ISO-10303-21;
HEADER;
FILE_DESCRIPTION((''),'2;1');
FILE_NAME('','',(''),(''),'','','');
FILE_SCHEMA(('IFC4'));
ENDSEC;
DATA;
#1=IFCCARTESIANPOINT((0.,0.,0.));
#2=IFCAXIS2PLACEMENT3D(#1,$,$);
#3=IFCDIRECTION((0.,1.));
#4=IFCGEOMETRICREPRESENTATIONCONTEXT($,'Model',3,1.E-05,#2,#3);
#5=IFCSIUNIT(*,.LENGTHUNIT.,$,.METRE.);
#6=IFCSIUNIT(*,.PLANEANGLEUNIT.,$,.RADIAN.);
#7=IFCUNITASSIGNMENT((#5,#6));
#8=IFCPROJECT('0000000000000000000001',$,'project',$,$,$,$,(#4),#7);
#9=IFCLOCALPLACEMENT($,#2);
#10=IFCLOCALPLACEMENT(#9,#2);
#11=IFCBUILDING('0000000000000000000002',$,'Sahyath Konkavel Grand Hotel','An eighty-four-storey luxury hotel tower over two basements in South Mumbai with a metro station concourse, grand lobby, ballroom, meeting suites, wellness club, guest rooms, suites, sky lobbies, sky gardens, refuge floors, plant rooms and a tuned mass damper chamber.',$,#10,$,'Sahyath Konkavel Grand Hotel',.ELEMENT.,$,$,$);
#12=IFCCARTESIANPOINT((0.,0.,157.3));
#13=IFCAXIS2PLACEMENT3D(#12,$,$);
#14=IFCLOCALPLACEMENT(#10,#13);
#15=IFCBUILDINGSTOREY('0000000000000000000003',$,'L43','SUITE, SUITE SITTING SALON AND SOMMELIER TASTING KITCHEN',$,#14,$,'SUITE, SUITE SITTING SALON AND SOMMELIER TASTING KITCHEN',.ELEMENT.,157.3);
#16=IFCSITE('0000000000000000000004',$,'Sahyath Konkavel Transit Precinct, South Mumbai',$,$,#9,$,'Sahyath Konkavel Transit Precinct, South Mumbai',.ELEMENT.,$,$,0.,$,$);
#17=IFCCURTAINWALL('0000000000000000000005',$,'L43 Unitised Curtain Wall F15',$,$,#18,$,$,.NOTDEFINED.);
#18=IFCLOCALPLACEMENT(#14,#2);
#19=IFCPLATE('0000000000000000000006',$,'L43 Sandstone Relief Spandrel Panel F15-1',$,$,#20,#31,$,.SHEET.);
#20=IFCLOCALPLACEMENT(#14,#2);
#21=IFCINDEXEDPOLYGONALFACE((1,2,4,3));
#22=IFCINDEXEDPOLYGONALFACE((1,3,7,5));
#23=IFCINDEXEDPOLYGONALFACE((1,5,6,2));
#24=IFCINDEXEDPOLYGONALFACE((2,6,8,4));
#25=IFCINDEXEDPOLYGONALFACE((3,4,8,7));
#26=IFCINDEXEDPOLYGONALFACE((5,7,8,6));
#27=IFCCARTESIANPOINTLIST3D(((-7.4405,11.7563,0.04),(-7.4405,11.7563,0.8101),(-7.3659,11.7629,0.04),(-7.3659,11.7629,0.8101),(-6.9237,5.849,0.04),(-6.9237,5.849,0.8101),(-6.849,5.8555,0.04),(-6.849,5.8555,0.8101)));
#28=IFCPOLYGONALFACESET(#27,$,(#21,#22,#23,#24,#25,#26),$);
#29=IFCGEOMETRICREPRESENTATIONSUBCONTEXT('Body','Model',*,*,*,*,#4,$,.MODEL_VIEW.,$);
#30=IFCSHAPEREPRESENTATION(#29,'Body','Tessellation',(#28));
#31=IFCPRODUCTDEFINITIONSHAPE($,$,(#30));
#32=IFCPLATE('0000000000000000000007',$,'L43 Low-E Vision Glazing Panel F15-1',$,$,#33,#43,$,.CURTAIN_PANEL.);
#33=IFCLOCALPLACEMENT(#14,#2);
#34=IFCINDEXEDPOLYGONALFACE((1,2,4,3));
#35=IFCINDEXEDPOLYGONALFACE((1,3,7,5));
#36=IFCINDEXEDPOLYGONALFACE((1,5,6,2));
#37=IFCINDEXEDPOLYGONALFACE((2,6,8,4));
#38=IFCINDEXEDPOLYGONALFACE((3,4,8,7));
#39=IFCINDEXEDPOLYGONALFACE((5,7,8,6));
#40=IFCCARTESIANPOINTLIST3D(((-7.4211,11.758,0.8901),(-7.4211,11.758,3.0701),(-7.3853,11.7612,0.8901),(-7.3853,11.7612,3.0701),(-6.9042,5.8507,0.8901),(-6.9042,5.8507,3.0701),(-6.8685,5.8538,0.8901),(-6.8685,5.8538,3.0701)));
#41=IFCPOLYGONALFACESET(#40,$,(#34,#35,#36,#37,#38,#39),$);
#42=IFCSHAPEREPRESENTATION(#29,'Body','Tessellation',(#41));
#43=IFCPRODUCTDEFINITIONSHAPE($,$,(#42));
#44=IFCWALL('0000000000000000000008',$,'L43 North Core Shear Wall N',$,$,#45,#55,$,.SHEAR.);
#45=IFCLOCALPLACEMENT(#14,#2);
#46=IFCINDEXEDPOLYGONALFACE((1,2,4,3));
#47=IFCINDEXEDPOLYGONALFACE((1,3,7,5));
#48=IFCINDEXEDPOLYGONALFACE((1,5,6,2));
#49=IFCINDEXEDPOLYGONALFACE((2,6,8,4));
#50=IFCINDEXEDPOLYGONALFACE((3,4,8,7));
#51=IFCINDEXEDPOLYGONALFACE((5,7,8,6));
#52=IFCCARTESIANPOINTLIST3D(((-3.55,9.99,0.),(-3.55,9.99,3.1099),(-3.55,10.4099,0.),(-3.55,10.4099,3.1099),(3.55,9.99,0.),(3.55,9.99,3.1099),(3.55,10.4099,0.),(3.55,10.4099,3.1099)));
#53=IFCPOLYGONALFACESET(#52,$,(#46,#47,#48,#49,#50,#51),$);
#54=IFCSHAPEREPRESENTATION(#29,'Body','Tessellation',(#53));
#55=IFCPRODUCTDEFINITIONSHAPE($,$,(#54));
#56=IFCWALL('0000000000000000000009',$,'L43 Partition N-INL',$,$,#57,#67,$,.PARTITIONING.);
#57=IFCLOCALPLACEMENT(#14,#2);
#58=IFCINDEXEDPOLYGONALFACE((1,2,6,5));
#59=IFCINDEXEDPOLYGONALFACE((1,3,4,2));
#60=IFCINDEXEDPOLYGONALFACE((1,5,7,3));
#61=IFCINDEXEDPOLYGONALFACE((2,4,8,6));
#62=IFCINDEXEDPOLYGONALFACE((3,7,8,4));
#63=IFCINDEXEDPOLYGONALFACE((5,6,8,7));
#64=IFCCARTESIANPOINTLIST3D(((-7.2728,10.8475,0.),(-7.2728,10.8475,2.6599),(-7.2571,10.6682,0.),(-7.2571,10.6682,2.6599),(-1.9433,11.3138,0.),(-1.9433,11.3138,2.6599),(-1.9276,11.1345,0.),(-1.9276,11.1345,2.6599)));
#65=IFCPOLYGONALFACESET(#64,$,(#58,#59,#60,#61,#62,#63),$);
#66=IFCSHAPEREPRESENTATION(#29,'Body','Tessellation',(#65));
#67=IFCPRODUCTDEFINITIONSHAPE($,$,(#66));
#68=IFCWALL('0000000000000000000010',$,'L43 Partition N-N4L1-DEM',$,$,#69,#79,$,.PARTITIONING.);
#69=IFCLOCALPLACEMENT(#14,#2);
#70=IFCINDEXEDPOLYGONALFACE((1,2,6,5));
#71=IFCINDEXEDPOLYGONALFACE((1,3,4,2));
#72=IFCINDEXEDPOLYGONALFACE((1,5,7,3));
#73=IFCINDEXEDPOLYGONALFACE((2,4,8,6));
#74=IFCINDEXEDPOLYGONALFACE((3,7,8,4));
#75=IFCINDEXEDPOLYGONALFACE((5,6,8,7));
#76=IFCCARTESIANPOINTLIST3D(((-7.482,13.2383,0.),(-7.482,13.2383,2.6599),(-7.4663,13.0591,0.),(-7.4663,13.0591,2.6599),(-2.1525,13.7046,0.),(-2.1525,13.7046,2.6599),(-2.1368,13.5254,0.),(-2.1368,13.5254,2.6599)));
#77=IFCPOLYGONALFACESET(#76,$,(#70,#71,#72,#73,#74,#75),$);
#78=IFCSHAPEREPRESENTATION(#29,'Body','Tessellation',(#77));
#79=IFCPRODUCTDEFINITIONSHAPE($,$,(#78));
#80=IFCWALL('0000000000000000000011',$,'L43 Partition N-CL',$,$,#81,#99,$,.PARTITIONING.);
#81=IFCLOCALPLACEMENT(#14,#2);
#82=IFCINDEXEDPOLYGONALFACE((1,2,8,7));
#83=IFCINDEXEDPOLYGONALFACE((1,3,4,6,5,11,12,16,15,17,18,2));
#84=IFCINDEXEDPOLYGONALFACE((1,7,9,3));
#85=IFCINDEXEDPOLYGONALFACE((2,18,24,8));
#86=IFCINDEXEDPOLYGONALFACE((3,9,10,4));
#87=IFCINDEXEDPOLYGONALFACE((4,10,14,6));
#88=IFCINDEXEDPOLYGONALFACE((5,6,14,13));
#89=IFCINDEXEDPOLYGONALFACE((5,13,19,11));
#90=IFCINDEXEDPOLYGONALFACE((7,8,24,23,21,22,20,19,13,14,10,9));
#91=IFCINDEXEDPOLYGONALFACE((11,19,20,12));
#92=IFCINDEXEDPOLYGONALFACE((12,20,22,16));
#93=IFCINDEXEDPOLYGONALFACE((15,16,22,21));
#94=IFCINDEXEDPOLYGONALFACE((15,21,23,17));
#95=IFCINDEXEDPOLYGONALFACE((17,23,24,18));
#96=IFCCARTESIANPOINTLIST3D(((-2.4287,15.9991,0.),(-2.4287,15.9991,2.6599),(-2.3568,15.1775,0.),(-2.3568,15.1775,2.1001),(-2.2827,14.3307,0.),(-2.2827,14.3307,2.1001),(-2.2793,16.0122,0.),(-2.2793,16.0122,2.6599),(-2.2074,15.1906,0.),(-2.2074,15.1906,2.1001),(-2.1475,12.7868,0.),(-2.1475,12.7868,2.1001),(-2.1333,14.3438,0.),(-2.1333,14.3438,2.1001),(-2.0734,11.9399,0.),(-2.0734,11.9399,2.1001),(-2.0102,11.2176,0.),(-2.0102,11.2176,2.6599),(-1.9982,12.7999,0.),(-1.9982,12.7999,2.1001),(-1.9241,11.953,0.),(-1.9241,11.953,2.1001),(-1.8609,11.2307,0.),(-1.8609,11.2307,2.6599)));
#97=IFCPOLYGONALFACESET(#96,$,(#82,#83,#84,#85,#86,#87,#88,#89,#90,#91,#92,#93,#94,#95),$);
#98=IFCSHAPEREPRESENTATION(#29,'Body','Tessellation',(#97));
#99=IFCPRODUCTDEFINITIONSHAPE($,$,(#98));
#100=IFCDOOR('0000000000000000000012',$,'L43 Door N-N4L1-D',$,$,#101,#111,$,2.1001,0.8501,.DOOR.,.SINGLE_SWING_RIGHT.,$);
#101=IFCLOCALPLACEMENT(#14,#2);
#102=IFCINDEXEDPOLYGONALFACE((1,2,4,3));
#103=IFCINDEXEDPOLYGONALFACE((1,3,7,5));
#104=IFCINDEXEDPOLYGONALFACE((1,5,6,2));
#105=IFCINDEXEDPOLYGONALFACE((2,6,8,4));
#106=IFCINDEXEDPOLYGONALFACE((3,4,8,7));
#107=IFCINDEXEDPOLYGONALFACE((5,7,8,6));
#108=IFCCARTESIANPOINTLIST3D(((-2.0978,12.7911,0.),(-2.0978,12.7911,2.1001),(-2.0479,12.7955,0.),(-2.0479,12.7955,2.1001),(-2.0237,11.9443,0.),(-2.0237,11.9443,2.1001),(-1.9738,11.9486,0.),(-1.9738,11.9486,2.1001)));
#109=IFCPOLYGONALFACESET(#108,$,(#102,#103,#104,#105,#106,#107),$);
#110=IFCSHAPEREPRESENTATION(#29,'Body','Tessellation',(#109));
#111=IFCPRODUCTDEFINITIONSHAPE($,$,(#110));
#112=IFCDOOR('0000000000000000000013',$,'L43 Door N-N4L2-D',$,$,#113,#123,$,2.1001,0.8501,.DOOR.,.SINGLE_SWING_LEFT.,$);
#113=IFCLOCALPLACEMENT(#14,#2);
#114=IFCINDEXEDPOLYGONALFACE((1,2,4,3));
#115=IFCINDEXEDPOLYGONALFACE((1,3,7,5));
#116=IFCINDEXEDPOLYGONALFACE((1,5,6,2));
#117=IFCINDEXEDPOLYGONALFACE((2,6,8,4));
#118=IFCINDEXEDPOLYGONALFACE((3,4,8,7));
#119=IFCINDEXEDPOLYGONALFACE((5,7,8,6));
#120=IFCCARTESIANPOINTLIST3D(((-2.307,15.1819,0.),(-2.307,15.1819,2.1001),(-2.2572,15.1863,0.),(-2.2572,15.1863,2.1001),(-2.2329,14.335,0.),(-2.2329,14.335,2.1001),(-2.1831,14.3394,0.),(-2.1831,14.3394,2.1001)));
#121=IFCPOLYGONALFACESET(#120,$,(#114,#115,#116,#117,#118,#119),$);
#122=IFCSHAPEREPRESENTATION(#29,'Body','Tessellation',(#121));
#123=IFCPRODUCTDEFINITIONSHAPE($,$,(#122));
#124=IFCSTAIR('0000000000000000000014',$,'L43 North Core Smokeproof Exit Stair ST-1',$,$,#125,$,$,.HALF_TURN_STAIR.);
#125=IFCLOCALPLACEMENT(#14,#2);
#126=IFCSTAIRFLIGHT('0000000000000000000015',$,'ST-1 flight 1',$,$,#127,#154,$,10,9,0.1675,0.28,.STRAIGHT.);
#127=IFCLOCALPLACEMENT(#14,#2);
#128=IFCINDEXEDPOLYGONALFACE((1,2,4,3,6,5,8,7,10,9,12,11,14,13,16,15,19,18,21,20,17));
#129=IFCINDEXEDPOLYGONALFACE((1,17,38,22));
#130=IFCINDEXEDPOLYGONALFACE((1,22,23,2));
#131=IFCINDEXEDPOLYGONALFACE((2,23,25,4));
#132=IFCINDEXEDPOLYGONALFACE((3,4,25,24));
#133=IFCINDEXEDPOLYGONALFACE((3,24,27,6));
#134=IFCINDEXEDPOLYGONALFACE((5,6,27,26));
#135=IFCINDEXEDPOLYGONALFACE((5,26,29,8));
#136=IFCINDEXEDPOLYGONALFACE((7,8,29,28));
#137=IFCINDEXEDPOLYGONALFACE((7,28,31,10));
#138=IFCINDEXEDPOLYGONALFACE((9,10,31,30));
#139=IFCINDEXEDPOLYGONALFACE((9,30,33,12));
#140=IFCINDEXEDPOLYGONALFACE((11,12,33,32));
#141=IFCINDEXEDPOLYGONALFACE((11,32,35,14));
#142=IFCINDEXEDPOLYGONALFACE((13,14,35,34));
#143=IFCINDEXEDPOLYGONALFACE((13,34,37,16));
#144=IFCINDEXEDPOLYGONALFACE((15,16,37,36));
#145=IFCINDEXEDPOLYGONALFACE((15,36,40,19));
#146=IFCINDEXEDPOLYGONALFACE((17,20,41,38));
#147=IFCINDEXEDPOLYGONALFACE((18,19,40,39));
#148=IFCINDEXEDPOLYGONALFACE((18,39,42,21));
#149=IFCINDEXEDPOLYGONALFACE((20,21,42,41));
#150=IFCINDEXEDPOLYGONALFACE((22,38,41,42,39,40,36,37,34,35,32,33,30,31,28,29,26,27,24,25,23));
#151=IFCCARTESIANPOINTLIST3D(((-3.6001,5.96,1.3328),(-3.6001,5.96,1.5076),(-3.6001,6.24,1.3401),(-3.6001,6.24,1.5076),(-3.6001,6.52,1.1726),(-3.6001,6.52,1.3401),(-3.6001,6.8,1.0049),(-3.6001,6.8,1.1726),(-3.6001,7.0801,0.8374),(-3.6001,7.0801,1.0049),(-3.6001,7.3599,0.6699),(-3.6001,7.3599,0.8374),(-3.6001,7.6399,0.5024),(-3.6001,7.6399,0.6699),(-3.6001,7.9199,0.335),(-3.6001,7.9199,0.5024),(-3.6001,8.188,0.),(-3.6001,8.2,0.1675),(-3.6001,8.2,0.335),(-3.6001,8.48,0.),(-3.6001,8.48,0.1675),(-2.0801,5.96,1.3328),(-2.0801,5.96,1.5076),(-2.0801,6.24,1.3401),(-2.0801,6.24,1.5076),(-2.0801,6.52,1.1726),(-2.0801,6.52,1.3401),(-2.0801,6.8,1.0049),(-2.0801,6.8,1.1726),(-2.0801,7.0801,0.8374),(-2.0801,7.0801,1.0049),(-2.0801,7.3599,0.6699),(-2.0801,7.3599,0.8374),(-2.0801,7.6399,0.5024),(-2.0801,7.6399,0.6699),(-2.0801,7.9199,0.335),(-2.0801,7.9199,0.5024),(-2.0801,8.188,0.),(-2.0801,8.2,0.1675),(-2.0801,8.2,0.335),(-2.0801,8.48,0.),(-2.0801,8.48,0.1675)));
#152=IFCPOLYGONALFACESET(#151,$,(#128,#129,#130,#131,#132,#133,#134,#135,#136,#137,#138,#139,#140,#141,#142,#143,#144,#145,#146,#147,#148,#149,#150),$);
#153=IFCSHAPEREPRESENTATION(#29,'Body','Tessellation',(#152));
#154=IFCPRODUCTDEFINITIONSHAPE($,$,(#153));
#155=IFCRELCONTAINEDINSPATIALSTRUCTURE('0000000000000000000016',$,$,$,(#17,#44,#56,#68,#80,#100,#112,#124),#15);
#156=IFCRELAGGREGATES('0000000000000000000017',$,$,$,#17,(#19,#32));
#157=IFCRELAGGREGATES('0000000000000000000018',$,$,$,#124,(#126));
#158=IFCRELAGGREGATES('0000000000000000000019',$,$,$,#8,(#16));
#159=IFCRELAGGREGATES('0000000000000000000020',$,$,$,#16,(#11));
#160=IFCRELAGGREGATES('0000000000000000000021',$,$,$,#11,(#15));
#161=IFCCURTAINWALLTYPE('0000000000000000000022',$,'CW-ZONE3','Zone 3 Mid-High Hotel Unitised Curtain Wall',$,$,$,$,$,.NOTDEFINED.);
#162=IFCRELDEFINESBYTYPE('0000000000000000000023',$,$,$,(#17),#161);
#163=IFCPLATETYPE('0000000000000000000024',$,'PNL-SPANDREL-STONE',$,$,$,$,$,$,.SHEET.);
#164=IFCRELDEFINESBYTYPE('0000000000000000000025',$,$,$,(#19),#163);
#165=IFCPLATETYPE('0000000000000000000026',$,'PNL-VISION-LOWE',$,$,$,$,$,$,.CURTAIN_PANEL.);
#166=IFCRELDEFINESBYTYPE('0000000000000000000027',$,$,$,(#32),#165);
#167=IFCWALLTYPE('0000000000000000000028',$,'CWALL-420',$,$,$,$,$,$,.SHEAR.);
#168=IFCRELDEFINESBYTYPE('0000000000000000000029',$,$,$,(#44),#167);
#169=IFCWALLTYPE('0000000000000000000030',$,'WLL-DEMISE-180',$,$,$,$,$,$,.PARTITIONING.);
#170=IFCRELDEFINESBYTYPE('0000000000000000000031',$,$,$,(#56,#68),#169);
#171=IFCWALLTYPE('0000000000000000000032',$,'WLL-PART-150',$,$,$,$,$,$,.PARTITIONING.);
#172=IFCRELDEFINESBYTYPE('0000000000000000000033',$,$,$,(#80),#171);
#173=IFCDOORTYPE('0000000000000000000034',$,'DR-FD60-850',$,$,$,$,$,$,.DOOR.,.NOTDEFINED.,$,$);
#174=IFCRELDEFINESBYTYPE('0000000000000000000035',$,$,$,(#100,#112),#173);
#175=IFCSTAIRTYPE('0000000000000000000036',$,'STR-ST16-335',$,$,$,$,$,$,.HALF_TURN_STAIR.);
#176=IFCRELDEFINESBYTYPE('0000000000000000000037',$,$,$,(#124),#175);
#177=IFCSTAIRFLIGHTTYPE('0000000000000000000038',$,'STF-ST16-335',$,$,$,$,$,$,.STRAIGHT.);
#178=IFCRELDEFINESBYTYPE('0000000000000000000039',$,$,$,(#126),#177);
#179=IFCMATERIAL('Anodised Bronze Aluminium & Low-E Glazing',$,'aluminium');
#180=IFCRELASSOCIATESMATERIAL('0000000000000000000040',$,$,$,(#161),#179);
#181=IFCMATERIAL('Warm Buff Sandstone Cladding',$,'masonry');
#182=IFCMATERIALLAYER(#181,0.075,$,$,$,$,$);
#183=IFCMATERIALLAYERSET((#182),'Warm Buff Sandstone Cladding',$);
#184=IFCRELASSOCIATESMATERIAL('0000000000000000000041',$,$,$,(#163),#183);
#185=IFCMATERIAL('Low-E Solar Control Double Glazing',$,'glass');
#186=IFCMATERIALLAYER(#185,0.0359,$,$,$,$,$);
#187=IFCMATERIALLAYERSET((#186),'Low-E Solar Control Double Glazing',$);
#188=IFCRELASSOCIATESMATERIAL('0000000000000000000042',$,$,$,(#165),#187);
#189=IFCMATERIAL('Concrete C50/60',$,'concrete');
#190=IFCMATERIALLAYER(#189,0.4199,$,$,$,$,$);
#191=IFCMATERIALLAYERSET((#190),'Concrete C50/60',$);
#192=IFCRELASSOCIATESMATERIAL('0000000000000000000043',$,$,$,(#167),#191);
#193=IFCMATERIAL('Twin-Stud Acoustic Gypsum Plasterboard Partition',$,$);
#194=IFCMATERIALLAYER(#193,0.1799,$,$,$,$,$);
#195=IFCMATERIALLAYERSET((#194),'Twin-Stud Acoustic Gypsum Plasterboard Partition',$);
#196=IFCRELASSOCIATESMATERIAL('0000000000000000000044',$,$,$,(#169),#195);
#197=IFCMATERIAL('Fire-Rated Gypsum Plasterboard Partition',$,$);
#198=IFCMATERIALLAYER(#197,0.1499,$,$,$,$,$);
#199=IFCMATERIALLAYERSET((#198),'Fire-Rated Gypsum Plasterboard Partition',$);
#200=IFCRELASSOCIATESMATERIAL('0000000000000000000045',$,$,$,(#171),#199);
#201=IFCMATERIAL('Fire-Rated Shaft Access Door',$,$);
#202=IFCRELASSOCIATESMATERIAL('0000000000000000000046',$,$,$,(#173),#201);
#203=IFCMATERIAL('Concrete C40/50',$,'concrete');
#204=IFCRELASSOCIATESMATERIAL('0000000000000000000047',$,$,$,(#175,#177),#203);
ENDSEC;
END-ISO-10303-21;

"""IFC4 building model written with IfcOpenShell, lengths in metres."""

from ifc_helpers import new_model, si_unit, direction, frame, frame_2d, origin, origin_2d, place, context, subcontext, project, spatial, polyline, rectangle, outline, extrude, source, transform, mapped, material, layer, layer_set, type_object, element, fill, aggregate, save


model = new_model("IFC4")

# Units and contexts
model_context = context("Model", 3, precision=1e-05, world=origin(), true_north=direction((0.0, 1.0)))
body_context = subcontext(model_context, "Body", "Model", "MODEL_VIEW")
ifc_project = project(units=[si_unit("LENGTHUNIT", "METRE"), si_unit("PLANEANGLEUNIT", "RADIAN")], contexts=[model_context])

# Site, building, storey
site_placement = place(None, origin())
site = spatial("IfcSite", under=ifc_project, at=site_placement, Name="Sahyath Konkavel Transit Precinct, South Mumbai", LongName="Sahyath Konkavel Transit Precinct, South Mumbai", CompositionType="ELEMENT", RefElevation=0.0)
building_placement = place(site_placement, origin())
building = spatial("IfcBuilding", under=site, at=building_placement, Name="Sahyath Konkavel Grand Hotel", Description="An eighty-four-storey luxury hotel tower over two basements in South Mumbai with a metro station concourse, grand lobby, ballroom, meeting suites, wellness club, guest rooms, suites, sky lobbies, sky gardens, refuge floors, plant rooms and a tuned mass damper chamber.", LongName="Sahyath Konkavel Grand Hotel", CompositionType="ELEMENT")
storey_placement = place(building_placement, frame((0.0, 0.0, 157.3)))
storey = spatial("IfcBuildingStorey", under=building, at=storey_placement, Name="L43", Description="SUITE, SUITE SITTING SALON AND SOMMELIER TASTING KITCHEN", LongName="SUITE, SUITE SITTING SALON AND SOMMELIER TASTING KITCHEN", CompositionType="ELEMENT", Elevation=157.3)

# Shared definitions
ifc_material_1 = material(Name="Concrete C50/60", Category="concrete")

# Curtain wall
ifc_material_2 = material(Name="Anodised Bronze Aluminium & Low-E Glazing", Category="aluminium")
curtain_wall_type = type_object("IfcCurtainWallType", Name="CW-ZONE3", Description="Zone 3 Mid-High Hotel Unitised Curtain Wall", PredefinedType="NOTDEFINED", material=ifc_material_2)
curtain_wall_placement = place(storey_placement, origin())
curtain_wall = element("IfcCurtainWall", 1, at=curtain_wall_placement, inside=storey, type_object=curtain_wall_type, Name="L43 Unitised Curtain Wall F15", PredefinedType="NOTDEFINED")

# Plates
ifc_material_3 = material(Name="Warm Buff Sandstone Cladding", Category="masonry")
ifc_layer_1 = layer(ifc_material_3, 0.075)
ifc_layer_set_1 = layer_set([ifc_layer_1], Name="Warm Buff Sandstone Cladding")
plate_type_1 = type_object("IfcPlateType", Name="PNL-SPANDREL-STONE", PredefinedType="SHEET", material=ifc_layer_set_1)
shared_shape_1 = source(origin(), body_context, "Body", "SweptSolid", [
    extrude(rectangle(XDim=5.9299, YDim=0.075, at=origin_2d()), origin(), (0.0, 0.0, 1.0), 0.77),
])
plate_1_placement = place(storey_placement, frame((-7.1448, 8.8059, 0.04), z_axis=(0.0, 0.0, 1.0), x_axis=(0.087156, -0.996195, 0.0)))
plate_1 = element("IfcPlate", 2, at=plate_1_placement, type_object=plate_type_1, Name="L43 Sandstone Relief Spandrel Panel F15-1", PredefinedType="SHEET", context=body_context, shape_type="MappedRepresentation", body=[
    mapped(shared_shape_1, transform((0.0, 0.0, 0.0), scale=1.0)),
])
ifc_material_4 = material(Name="Low-E Solar Control Double Glazing", Category="glass")
ifc_layer_2 = layer(ifc_material_4, 0.0359)
ifc_layer_set_2 = layer_set([ifc_layer_2], Name="Low-E Solar Control Double Glazing")
plate_type_2 = type_object("IfcPlateType", Name="PNL-VISION-LOWE", PredefinedType="CURTAIN_PANEL", material=ifc_layer_set_2)
shared_shape_2 = source(origin(), body_context, "Body", "SweptSolid", [
    extrude(rectangle(XDim=5.9299, YDim=0.0359, at=origin_2d()), origin(), (0.0, 0.0, 1.0), 2.1799),
])
plate_2_placement = place(storey_placement, frame((-7.1448, 8.8059, 0.8901), z_axis=(0.0, 0.0, 1.0), x_axis=(0.087156, -0.996195, 0.0)))
plate_2 = element("IfcPlate", 3, at=plate_2_placement, type_object=plate_type_2, Name="L43 Low-E Vision Glazing Panel F15-1", PredefinedType="CURTAIN_PANEL", context=body_context, shape_type="MappedRepresentation", body=[
    mapped(shared_shape_2, transform((0.0, 0.0, 0.0), scale=1.0)),
])
aggregate(curtain_wall, [plate_1, plate_2])

# Walls
ifc_layer_3 = layer(ifc_material_1, 0.4199)
ifc_layer_set_3 = layer_set([ifc_layer_3], Name="Concrete C50/60")
wall_type_1 = type_object("IfcWallType", Name="CWALL-420", PredefinedType="SHEAR", material=ifc_layer_set_3)
wall_1_placement = place(storey_placement, frame((-3.55, 10.2, 0.0), z_axis=(0.0, 0.0, 1.0), x_axis=(1.0, 0.0, 0.0)))
element("IfcWall", 4, at=wall_1_placement, inside=storey, type_object=wall_type_1, Name="L43 North Core Shear Wall N", PredefinedType="SHEAR", context=body_context, shape_type="SweptSolid", body=[
    extrude(rectangle(XDim=7.1001, YDim=0.4199, at=frame_2d((3.55, 0.0))), origin(), (0.0, 0.0, 1.0), 3.1099),
])
ifc_material_5 = material(Name="Twin-Stud Acoustic Gypsum Plasterboard Partition")
ifc_layer_4 = layer(ifc_material_5, 0.1799)
ifc_layer_set_4 = layer_set([ifc_layer_4], Name="Twin-Stud Acoustic Gypsum Plasterboard Partition")
wall_type_2 = type_object("IfcWallType", Name="WLL-DEMISE-180", PredefinedType="PARTITIONING", material=ifc_layer_set_4)
for number, where, z_axis, x_axis, name in (
    (5, (-1.9355, 11.2241, 0.0), (0.0, 0.0, 1.0), (-0.996194, -0.087161, 0.0), "L43 Partition N-INL"),
    (6, (-2.1448, 13.615, 0.0), (0.0, 0.0, 1.0), (-0.996194, -0.087161, 0.0), "L43 Partition N-N4L1-DEM"),
):
    element("IfcWall", number, at=place(storey_placement, frame(where, z_axis=z_axis, x_axis=x_axis)), inside=storey, type_object=wall_type_2, Name=name, PredefinedType="PARTITIONING", context=body_context, shape_type="SweptSolid", body=[
        extrude(rectangle(XDim=5.3499, YDim=0.1799, at=frame_2d((2.6748, 0.0))), origin(), (0.0, 0.0, 1.0), 2.6599),
    ])

# Wall, openings, doors
ifc_material_6 = material(Name="Fire-Rated Gypsum Plasterboard Partition")
ifc_layer_5 = layer(ifc_material_6, 0.1499)
ifc_layer_set_5 = layer_set([ifc_layer_5], Name="Fire-Rated Gypsum Plasterboard Partition")
wall_type_3 = type_object("IfcWallType", Name="WLL-PART-150", PredefinedType="PARTITIONING", material=ifc_layer_set_5)
wall_2_placement = place(storey_placement, frame((-1.9355, 11.2241, 0.0), z_axis=(0.0, 0.0, 1.0), x_axis=(-0.087183, 0.996192, 0.0)))
wall_2 = element("IfcWall", 7, at=wall_2_placement, inside=storey, type_object=wall_type_3, Name="L43 Partition N-CL", PredefinedType="PARTITIONING", context=body_context, shape_type="SweptSolid", body=[
    extrude(rectangle(XDim=4.7998, YDim=0.1499, at=frame_2d((2.3999, 0.0))), origin(), (0.0, 0.0, 1.0), 2.6599),
])
opening_1_placement = place(wall_2_placement, frame((0.7251, 0.0, 0.0)))
opening_1 = element("IfcOpeningElement", 8, at=opening_1_placement, cuts=wall_2, PredefinedType="OPENING", context=body_context, shape_type="SweptSolid", body=[
    extrude(rectangle(XDim=0.8501, YDim=2.1001, at=frame_2d((0.425, 1.05))), frame((0.0, 0.085, 0.0), z_axis=(0.0, -1.0, 0.0), x_axis=(1.0, 0.0, 0.0)), (0.0, 0.0, 1.0), 0.1699),
])
opening_2_placement = place(wall_2_placement, frame((3.125, 0.0, 0.0)))
opening_2 = element("IfcOpeningElement", 9, at=opening_2_placement, cuts=wall_2, PredefinedType="OPENING", context=body_context, shape_type="SweptSolid", body=[
    extrude(rectangle(XDim=0.8501, YDim=2.1001, at=frame_2d((0.425, 1.05))), frame((0.0, 0.085, 0.0), z_axis=(0.0, -1.0, 0.0), x_axis=(1.0, 0.0, 0.0)), (0.0, 0.0, 1.0), 0.1699),
])
ifc_material_7 = material(Name="Fire-Rated Shaft Access Door")
door_type = type_object("IfcDoorType", Name="DR-FD60-850", OperationType="NOTDEFINED", PredefinedType="DOOR", material=ifc_material_7)
shared_shape_3 = source(origin(), body_context, "Body", "SweptSolid", [
    extrude(rectangle(XDim=0.8501, YDim=0.05, at=origin_2d()), origin(), (0.0, 0.0, 1.0), 2.1001),
])
door_1_placement = place(opening_1_placement, frame((0.425, 0.0, 0.0)))
door_1 = element("IfcDoor", 10, at=door_1_placement, inside=storey, type_object=door_type, Name="L43 Door N-N4L1-D", OperationType="SINGLE_SWING_RIGHT", OverallHeight=2.1001, OverallWidth=0.8501, PredefinedType="DOOR", context=body_context, shape_type="MappedRepresentation", body=[
    mapped(shared_shape_3, transform((0.0, 0.0, 0.0), scale=1.0)),
])
fill(opening_1, door_1)
door_2_placement = place(opening_2_placement, frame((0.425, 0.0, 0.0)))
door_2 = element("IfcDoor", 11, at=door_2_placement, inside=storey, type_object=door_type, Name="L43 Door N-N4L2-D", OperationType="SINGLE_SWING_LEFT", OverallHeight=2.1001, OverallWidth=0.8501, PredefinedType="DOOR", context=body_context, shape_type="MappedRepresentation", body=[
    mapped(shared_shape_3, transform((0.0, 0.0, 0.0), scale=1.0)),
])
fill(opening_2, door_2)

# Stair, stair flight
ifc_material_8 = material(Name="Concrete C40/50", Category="concrete")
stair_type = type_object("IfcStairType", Name="STR-ST16-335", PredefinedType="HALF_TURN_STAIR", material=ifc_material_8)
stair_placement = place(storey_placement, origin())
stair = element("IfcStair", 12, at=stair_placement, inside=storey, type_object=stair_type, Name="L43 North Core Smokeproof Exit Stair ST-1", PredefinedType="HALF_TURN_STAIR")
stair_flight_type = type_object("IfcStairFlightType", Name="STF-ST16-335", PredefinedType="STRAIGHT", material=ifc_material_8)
stair_flight_1_placement = place(storey_placement, frame((-2.8401, 8.48, 0.0), z_axis=(0.0, 0.0, 1.0), x_axis=(0.0, -1.0, 0.0)))
stair_flight_1 = element("IfcStairFlight", 13, at=stair_flight_1_placement, type_object=stair_flight_type, Name="ST-1 flight 1", NumberOfRisers=10, NumberOfTreads=9, PredefinedType="STRAIGHT", RiserHeight=0.1675, TreadLength=0.28, context=body_context, shape_type="SweptSolid", body=[
    extrude(outline(polyline([(0.0, 0.0), (0.0, 0.1675), (0.28, 0.1675), (0.28, 0.335), (0.5601, 0.335), (0.5601, 0.5024), (0.8401, 0.5024), (0.8401, 0.6699), (1.1201, 0.6699), (1.1201, 0.8374), (1.3999, 0.8374), (1.3999, 1.0049), (1.6799, 1.0049), (1.6799, 1.1726), (1.96, 1.1726), (1.96, 1.3401), (2.24, 1.3401), (2.24, 1.5076), (2.52, 1.5076), (2.52, 1.675), (2.52, 1.3328), (0.292, 0.0), (0.0, 0.0)])), frame((0.0, 0.76, 0.0), z_axis=(0.0, -1.0, 0.0), x_axis=(1.0, 0.0, 0.0)), (0.0, 0.0, 1.0), 1.52),
])
aggregate(stair, [stair_flight_1])

save(model, "model.ifc")
